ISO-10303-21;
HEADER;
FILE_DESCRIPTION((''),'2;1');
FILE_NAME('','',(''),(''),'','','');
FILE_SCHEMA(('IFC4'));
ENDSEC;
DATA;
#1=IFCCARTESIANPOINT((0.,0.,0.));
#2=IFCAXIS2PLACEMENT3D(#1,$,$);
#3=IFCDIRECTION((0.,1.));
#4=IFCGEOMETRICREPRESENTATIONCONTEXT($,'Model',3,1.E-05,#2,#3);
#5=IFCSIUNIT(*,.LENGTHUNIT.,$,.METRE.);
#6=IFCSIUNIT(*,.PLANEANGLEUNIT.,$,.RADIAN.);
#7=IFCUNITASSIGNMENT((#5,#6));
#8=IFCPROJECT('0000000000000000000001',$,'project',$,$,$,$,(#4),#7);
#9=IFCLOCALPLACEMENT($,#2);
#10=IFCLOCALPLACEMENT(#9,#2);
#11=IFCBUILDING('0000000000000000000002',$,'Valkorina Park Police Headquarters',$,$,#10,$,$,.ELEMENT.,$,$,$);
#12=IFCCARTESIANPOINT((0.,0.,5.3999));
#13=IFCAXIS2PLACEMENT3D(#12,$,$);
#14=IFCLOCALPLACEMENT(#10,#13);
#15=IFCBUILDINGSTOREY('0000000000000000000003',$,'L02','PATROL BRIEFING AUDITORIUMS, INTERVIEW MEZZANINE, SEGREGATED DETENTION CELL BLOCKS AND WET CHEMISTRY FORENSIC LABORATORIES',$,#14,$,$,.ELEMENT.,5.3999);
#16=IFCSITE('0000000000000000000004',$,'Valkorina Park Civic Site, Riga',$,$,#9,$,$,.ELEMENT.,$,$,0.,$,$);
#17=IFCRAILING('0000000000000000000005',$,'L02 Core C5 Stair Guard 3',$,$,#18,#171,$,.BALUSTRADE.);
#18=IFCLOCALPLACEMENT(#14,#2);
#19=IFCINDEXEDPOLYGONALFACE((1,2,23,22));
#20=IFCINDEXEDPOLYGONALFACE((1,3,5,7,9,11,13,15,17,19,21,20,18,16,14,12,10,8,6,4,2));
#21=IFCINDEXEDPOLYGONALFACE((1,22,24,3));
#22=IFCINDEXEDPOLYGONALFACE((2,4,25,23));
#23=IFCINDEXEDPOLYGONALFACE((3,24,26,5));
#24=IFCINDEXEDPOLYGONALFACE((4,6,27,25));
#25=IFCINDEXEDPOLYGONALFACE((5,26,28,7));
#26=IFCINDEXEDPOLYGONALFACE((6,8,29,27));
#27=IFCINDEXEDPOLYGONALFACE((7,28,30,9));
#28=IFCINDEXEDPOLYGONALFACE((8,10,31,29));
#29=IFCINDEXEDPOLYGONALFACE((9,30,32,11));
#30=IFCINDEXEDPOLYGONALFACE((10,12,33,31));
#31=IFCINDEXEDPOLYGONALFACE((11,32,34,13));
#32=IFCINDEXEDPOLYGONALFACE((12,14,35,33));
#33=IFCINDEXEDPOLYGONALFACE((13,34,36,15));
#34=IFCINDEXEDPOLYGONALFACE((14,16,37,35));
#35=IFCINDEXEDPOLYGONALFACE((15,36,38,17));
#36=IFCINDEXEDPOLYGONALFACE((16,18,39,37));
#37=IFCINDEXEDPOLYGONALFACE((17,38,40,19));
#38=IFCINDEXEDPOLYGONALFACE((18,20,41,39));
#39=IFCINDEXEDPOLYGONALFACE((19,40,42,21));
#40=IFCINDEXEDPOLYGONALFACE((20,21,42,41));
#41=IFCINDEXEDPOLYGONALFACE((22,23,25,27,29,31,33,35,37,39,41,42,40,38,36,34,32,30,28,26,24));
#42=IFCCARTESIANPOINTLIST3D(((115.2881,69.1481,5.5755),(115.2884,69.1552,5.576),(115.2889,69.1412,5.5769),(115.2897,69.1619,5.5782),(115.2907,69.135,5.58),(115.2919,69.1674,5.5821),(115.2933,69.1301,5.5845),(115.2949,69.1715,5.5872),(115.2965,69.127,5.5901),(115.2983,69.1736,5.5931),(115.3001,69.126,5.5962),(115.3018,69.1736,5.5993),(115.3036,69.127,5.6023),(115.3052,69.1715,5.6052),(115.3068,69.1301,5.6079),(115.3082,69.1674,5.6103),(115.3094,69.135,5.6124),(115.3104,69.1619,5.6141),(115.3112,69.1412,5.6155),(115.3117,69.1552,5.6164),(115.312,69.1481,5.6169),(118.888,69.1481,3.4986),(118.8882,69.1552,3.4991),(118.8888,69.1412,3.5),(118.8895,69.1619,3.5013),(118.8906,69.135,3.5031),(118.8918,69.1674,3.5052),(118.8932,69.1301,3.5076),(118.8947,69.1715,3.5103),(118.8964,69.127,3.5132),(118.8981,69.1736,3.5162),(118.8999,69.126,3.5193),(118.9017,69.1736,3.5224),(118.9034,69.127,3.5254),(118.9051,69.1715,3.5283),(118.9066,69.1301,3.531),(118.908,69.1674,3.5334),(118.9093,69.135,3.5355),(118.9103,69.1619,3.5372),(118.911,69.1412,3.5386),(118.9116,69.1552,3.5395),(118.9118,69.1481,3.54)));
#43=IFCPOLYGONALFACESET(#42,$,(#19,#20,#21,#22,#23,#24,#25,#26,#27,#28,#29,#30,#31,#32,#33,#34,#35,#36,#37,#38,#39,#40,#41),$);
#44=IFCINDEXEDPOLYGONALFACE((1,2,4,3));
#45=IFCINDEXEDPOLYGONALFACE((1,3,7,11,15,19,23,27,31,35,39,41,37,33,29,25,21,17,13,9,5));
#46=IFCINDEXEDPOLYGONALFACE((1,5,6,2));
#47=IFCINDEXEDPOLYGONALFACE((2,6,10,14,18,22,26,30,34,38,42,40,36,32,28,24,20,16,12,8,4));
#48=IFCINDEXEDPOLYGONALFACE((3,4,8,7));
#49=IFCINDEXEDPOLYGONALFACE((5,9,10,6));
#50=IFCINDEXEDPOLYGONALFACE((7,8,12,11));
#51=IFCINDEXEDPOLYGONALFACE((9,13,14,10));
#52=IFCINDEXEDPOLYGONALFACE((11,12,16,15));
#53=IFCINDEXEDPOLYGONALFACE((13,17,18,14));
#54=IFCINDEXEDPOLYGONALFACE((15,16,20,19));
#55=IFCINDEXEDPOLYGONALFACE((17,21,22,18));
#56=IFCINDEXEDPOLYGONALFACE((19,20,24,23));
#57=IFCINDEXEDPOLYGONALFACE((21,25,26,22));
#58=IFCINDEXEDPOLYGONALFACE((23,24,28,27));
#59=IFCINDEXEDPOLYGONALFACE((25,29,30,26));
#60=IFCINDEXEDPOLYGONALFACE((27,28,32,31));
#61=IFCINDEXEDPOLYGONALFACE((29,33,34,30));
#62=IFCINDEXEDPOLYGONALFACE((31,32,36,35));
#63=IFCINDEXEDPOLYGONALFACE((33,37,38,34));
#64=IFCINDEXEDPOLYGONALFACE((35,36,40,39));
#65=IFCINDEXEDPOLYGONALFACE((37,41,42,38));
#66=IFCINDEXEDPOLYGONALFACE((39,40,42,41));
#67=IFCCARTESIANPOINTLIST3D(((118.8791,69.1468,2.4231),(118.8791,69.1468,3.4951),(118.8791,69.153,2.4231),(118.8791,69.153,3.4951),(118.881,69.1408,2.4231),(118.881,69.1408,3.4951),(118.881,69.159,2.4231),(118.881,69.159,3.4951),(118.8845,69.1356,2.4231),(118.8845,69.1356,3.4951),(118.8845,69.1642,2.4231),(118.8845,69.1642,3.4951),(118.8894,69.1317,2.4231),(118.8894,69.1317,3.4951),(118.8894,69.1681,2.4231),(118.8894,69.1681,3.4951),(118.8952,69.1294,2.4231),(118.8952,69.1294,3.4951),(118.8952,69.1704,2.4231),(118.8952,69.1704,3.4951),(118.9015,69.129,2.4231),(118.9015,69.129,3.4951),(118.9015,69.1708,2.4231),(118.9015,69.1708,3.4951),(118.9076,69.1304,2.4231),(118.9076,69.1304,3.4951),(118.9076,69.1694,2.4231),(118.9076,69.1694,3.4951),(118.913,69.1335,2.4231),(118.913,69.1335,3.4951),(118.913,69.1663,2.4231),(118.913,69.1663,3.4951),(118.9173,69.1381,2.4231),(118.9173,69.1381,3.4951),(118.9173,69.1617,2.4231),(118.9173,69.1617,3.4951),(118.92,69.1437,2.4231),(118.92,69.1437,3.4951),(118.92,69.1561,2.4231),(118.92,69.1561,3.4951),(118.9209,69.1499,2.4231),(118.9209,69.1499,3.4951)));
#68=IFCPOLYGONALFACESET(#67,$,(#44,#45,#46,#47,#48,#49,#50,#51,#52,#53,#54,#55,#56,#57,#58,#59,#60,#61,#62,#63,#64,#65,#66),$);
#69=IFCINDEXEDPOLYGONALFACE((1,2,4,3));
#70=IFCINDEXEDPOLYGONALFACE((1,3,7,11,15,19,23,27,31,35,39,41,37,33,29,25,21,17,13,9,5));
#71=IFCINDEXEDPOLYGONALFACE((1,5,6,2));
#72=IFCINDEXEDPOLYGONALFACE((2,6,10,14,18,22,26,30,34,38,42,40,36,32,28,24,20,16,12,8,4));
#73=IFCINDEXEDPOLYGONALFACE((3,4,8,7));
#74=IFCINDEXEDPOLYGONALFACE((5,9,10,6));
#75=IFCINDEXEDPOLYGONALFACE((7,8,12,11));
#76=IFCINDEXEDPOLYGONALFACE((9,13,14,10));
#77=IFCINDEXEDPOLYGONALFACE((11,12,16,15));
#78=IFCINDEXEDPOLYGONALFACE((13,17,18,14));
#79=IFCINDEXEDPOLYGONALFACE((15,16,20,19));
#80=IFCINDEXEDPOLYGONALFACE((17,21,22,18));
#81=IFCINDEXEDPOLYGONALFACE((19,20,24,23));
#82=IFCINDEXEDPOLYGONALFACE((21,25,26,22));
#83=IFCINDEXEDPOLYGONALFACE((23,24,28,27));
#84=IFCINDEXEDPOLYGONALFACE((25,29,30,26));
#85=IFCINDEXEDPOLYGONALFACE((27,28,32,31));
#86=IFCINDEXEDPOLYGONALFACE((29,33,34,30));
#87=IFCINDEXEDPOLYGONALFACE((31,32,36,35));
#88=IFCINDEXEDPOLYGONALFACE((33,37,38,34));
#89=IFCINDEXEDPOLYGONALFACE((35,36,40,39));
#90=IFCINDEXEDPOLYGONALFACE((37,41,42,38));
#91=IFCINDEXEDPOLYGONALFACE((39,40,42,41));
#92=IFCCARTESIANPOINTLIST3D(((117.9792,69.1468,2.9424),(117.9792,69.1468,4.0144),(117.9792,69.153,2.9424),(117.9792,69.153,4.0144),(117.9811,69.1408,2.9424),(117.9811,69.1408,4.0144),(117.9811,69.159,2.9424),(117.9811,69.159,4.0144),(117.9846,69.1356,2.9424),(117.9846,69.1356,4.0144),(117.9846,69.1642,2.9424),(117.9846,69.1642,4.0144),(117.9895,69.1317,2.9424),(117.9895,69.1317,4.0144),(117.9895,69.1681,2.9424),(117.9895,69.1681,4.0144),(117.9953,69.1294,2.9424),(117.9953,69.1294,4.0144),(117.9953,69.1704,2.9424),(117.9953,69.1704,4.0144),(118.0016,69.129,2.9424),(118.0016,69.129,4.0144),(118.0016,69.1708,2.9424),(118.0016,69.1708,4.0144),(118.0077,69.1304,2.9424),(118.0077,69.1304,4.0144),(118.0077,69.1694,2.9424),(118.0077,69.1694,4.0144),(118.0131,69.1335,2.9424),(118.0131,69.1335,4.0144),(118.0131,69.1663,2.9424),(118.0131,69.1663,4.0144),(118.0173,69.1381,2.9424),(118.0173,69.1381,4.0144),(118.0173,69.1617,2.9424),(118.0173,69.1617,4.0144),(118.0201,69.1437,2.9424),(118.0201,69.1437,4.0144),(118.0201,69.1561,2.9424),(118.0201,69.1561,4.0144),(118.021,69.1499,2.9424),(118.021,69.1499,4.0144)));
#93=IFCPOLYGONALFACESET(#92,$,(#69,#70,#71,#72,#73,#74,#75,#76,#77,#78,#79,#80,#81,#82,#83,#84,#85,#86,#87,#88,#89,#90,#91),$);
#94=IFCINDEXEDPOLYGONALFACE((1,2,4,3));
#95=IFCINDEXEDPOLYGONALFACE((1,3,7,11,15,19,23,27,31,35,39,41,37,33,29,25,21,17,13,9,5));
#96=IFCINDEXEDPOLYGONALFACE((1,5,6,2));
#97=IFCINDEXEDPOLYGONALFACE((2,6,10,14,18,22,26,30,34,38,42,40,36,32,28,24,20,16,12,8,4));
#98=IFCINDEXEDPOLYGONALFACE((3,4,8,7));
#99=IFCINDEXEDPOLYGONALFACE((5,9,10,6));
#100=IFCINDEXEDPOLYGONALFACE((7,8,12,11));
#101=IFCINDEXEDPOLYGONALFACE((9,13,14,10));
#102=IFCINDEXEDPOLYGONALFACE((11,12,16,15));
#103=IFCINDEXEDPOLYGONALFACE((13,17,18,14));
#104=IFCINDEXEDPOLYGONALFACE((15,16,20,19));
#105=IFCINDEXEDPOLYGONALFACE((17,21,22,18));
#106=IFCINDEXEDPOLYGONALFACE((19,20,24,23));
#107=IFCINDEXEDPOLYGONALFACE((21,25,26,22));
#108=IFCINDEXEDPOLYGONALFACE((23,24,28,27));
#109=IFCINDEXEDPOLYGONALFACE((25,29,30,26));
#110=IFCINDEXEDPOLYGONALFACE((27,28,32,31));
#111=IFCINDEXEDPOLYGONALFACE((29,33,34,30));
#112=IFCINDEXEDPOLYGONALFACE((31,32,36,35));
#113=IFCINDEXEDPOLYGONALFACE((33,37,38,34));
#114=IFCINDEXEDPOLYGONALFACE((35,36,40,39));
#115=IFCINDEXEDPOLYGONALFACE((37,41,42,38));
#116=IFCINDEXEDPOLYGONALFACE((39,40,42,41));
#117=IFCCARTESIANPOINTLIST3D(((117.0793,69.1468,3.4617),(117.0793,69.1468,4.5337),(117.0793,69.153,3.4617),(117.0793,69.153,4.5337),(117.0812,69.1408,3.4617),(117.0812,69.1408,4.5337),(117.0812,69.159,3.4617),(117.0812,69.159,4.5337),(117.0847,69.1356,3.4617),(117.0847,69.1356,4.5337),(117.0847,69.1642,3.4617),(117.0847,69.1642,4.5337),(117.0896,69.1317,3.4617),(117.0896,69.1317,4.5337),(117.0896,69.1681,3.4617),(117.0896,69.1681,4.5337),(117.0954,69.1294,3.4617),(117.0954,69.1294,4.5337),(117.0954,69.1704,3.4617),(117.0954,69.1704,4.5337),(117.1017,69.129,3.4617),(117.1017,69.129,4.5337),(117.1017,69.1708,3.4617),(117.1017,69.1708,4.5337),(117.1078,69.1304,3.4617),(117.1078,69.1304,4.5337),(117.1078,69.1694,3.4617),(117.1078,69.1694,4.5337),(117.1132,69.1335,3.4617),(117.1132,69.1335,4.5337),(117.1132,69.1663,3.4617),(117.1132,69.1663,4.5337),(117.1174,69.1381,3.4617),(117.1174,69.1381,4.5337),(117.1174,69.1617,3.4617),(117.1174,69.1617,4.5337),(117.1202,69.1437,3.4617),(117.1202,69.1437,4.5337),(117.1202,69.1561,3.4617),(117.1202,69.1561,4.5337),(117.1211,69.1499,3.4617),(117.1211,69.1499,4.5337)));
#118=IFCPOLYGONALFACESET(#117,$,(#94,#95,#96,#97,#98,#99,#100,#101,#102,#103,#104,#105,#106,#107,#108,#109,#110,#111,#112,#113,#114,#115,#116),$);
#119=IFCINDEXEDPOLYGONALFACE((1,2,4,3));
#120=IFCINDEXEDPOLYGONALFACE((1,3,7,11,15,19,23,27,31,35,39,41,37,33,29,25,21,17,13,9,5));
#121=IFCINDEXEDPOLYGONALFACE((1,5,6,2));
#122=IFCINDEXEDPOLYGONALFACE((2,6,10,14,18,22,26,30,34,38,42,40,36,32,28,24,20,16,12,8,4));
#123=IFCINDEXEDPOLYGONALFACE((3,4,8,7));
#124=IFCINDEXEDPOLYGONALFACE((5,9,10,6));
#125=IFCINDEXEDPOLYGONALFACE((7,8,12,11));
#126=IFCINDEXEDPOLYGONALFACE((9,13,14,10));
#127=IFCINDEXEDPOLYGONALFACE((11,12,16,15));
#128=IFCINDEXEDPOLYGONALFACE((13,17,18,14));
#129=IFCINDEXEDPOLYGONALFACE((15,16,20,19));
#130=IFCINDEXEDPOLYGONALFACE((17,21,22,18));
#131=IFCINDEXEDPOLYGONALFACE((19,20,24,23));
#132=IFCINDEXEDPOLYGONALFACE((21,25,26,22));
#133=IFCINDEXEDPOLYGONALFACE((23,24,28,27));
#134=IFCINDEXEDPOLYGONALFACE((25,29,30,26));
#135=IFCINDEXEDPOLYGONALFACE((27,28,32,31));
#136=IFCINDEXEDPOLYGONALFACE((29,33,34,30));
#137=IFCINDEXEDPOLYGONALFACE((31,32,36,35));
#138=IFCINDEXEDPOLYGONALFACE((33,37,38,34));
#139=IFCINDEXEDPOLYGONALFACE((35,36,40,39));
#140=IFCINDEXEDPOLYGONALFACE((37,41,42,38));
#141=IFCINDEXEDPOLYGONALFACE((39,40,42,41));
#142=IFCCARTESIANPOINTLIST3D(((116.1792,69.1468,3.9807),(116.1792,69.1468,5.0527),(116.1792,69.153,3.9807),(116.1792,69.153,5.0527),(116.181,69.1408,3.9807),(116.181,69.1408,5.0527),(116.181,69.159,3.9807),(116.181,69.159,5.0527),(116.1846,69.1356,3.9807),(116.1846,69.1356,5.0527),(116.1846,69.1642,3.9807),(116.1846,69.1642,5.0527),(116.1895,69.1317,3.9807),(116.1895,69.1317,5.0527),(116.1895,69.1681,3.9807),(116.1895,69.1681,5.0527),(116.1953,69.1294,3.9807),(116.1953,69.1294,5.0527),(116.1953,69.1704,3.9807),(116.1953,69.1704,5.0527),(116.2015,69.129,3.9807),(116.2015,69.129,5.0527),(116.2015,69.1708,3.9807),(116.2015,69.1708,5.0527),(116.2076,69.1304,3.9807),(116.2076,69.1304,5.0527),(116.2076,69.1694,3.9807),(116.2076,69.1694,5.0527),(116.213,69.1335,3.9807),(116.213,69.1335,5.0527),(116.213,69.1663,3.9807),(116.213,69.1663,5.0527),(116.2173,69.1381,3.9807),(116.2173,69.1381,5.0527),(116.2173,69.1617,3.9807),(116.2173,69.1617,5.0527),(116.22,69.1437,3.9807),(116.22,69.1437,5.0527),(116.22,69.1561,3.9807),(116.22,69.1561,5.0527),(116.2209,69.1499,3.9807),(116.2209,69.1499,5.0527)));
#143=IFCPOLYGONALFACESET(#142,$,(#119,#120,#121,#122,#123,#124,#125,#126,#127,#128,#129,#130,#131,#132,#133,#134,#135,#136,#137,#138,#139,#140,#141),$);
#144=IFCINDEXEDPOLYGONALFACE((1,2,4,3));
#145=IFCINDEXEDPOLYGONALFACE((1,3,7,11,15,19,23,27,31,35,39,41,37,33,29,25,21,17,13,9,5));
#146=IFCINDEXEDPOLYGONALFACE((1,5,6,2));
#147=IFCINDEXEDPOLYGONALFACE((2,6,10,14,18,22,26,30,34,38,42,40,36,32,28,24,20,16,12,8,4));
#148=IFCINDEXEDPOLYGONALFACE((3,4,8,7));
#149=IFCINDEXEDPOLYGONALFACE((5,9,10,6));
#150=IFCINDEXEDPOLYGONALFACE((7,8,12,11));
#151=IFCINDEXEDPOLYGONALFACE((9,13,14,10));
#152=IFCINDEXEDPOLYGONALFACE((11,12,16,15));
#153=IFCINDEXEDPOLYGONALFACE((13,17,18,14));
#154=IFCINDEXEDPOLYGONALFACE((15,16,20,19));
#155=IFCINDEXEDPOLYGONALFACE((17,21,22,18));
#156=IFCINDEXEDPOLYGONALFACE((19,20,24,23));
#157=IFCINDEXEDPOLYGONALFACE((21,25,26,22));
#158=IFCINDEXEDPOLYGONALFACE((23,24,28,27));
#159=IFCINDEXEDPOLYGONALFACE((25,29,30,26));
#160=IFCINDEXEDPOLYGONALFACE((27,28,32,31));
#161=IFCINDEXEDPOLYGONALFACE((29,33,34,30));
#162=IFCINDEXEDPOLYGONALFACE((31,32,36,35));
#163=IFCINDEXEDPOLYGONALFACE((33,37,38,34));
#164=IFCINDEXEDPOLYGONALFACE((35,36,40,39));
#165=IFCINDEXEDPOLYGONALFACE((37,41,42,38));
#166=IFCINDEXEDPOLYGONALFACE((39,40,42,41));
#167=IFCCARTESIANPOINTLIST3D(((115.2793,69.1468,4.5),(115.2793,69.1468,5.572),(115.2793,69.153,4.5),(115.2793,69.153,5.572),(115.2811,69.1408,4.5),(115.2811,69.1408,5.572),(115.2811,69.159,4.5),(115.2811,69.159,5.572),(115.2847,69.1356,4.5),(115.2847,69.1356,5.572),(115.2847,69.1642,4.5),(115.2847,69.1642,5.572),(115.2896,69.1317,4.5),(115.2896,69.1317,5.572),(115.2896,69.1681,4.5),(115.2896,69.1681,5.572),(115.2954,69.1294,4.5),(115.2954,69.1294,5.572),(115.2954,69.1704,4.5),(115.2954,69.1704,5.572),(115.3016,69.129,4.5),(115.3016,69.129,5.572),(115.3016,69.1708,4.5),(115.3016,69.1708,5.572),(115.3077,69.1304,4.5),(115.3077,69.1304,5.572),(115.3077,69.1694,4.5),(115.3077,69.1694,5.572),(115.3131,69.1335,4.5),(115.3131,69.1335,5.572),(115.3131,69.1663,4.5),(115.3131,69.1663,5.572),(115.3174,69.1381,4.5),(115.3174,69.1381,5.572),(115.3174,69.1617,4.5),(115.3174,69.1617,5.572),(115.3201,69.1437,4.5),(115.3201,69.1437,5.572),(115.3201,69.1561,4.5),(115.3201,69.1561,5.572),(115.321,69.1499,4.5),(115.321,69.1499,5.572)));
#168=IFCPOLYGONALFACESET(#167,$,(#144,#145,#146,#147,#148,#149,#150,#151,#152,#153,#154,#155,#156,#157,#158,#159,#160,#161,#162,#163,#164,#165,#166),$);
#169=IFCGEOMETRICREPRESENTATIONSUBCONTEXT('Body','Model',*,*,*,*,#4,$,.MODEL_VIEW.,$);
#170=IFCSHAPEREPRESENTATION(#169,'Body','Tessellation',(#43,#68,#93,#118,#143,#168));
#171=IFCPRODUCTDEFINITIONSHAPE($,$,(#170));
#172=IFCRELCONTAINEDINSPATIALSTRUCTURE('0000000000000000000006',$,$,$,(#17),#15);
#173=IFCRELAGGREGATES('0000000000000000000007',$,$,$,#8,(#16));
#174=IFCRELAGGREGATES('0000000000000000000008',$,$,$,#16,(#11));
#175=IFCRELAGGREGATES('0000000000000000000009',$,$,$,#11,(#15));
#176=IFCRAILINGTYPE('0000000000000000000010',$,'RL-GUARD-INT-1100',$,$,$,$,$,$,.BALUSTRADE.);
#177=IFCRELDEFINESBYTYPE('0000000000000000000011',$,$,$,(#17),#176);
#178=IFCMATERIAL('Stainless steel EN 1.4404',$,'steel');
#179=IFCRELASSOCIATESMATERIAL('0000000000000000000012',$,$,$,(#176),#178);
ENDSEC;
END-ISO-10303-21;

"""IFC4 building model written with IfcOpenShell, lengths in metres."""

from ifc_helpers import new_model, si_unit, direction, frame, origin, origin_2d, place, context, subcontext, project, spatial, circle, extrude, material, type_object, element, save


model = new_model("IFC4")

# Units and contexts
model_context = context("Model", 3, precision=1e-05, world=origin(), true_north=direction((0.0, 1.0)))
body_context = subcontext(model_context, "Body", "Model", "MODEL_VIEW")
ifc_project = project(units=[si_unit("LENGTHUNIT", "METRE"), si_unit("PLANEANGLEUNIT", "RADIAN")], contexts=[model_context])

# Site, building, storey
site_placement = place(None, origin())
site = spatial("IfcSite", under=ifc_project, at=site_placement, Name="Valkorina Park Civic Site, Riga", CompositionType="ELEMENT", RefElevation=0.0)
building_placement = place(site_placement, origin())
building = spatial("IfcBuilding", under=site, at=building_placement, Name="Valkorina Park Police Headquarters", CompositionType="ELEMENT")
storey_placement = place(building_placement, frame((0.0, 0.0, 5.3999)))
storey = spatial("IfcBuildingStorey", under=building, at=storey_placement, Name="L02", Description="PATROL BRIEFING AUDITORIUMS, INTERVIEW MEZZANINE, SEGREGATED DETENTION CELL BLOCKS AND WET CHEMISTRY FORENSIC LABORATORIES", CompositionType="ELEMENT", Elevation=5.3999)

# Railing
ifc_material_1 = material(Name="Stainless steel EN 1.4404", Category="steel")
railing_type_1 = type_object("IfcRailingType", Name="RL-GUARD-INT-1100", PredefinedType="BALUSTRADE", material=ifc_material_1)
railing_1_placement = place(storey_placement, frame((118.8999, 69.1499, 2.4231)))
element("IfcRailing", 1, at=railing_1_placement, inside=storey, type_object=railing_type_1, Name="L02 Core C5 Stair Guard 3", PredefinedType="BALUSTRADE", context=body_context, shape_type="SweptSolid", body=[
    extrude(circle(Radius=0.0239, at=origin_2d()), frame((0.0, 0.0, 1.0962), z_axis=(-0.866179, 0.0, 0.499734), x_axis=(0.0, -1.0, 0.0)), (0.0, 0.0, 1.0), 4.156),
    extrude(circle(Radius=0.021, at=origin_2d()), origin(), (0.0, 0.0, 1.0), 1.072),
    extrude(circle(Radius=0.021, at=origin_2d()), frame((-0.8999, 0.0, 0.5193)), (0.0, 0.0, 1.0), 1.072),
    extrude(circle(Radius=0.021, at=origin_2d()), frame((-1.7998, 0.0, 1.0386)), (0.0, 0.0, 1.0), 1.072),
    extrude(circle(Radius=0.021, at=origin_2d()), frame((-2.7, 0.0, 1.5576)), (0.0, 0.0, 1.0), 1.072),
    extrude(circle(Radius=0.021, at=origin_2d()), frame((-3.5999, 0.0, 2.0769)), (0.0, 0.0, 1.0), 1.072),
])

save(model, "model.ifc")
